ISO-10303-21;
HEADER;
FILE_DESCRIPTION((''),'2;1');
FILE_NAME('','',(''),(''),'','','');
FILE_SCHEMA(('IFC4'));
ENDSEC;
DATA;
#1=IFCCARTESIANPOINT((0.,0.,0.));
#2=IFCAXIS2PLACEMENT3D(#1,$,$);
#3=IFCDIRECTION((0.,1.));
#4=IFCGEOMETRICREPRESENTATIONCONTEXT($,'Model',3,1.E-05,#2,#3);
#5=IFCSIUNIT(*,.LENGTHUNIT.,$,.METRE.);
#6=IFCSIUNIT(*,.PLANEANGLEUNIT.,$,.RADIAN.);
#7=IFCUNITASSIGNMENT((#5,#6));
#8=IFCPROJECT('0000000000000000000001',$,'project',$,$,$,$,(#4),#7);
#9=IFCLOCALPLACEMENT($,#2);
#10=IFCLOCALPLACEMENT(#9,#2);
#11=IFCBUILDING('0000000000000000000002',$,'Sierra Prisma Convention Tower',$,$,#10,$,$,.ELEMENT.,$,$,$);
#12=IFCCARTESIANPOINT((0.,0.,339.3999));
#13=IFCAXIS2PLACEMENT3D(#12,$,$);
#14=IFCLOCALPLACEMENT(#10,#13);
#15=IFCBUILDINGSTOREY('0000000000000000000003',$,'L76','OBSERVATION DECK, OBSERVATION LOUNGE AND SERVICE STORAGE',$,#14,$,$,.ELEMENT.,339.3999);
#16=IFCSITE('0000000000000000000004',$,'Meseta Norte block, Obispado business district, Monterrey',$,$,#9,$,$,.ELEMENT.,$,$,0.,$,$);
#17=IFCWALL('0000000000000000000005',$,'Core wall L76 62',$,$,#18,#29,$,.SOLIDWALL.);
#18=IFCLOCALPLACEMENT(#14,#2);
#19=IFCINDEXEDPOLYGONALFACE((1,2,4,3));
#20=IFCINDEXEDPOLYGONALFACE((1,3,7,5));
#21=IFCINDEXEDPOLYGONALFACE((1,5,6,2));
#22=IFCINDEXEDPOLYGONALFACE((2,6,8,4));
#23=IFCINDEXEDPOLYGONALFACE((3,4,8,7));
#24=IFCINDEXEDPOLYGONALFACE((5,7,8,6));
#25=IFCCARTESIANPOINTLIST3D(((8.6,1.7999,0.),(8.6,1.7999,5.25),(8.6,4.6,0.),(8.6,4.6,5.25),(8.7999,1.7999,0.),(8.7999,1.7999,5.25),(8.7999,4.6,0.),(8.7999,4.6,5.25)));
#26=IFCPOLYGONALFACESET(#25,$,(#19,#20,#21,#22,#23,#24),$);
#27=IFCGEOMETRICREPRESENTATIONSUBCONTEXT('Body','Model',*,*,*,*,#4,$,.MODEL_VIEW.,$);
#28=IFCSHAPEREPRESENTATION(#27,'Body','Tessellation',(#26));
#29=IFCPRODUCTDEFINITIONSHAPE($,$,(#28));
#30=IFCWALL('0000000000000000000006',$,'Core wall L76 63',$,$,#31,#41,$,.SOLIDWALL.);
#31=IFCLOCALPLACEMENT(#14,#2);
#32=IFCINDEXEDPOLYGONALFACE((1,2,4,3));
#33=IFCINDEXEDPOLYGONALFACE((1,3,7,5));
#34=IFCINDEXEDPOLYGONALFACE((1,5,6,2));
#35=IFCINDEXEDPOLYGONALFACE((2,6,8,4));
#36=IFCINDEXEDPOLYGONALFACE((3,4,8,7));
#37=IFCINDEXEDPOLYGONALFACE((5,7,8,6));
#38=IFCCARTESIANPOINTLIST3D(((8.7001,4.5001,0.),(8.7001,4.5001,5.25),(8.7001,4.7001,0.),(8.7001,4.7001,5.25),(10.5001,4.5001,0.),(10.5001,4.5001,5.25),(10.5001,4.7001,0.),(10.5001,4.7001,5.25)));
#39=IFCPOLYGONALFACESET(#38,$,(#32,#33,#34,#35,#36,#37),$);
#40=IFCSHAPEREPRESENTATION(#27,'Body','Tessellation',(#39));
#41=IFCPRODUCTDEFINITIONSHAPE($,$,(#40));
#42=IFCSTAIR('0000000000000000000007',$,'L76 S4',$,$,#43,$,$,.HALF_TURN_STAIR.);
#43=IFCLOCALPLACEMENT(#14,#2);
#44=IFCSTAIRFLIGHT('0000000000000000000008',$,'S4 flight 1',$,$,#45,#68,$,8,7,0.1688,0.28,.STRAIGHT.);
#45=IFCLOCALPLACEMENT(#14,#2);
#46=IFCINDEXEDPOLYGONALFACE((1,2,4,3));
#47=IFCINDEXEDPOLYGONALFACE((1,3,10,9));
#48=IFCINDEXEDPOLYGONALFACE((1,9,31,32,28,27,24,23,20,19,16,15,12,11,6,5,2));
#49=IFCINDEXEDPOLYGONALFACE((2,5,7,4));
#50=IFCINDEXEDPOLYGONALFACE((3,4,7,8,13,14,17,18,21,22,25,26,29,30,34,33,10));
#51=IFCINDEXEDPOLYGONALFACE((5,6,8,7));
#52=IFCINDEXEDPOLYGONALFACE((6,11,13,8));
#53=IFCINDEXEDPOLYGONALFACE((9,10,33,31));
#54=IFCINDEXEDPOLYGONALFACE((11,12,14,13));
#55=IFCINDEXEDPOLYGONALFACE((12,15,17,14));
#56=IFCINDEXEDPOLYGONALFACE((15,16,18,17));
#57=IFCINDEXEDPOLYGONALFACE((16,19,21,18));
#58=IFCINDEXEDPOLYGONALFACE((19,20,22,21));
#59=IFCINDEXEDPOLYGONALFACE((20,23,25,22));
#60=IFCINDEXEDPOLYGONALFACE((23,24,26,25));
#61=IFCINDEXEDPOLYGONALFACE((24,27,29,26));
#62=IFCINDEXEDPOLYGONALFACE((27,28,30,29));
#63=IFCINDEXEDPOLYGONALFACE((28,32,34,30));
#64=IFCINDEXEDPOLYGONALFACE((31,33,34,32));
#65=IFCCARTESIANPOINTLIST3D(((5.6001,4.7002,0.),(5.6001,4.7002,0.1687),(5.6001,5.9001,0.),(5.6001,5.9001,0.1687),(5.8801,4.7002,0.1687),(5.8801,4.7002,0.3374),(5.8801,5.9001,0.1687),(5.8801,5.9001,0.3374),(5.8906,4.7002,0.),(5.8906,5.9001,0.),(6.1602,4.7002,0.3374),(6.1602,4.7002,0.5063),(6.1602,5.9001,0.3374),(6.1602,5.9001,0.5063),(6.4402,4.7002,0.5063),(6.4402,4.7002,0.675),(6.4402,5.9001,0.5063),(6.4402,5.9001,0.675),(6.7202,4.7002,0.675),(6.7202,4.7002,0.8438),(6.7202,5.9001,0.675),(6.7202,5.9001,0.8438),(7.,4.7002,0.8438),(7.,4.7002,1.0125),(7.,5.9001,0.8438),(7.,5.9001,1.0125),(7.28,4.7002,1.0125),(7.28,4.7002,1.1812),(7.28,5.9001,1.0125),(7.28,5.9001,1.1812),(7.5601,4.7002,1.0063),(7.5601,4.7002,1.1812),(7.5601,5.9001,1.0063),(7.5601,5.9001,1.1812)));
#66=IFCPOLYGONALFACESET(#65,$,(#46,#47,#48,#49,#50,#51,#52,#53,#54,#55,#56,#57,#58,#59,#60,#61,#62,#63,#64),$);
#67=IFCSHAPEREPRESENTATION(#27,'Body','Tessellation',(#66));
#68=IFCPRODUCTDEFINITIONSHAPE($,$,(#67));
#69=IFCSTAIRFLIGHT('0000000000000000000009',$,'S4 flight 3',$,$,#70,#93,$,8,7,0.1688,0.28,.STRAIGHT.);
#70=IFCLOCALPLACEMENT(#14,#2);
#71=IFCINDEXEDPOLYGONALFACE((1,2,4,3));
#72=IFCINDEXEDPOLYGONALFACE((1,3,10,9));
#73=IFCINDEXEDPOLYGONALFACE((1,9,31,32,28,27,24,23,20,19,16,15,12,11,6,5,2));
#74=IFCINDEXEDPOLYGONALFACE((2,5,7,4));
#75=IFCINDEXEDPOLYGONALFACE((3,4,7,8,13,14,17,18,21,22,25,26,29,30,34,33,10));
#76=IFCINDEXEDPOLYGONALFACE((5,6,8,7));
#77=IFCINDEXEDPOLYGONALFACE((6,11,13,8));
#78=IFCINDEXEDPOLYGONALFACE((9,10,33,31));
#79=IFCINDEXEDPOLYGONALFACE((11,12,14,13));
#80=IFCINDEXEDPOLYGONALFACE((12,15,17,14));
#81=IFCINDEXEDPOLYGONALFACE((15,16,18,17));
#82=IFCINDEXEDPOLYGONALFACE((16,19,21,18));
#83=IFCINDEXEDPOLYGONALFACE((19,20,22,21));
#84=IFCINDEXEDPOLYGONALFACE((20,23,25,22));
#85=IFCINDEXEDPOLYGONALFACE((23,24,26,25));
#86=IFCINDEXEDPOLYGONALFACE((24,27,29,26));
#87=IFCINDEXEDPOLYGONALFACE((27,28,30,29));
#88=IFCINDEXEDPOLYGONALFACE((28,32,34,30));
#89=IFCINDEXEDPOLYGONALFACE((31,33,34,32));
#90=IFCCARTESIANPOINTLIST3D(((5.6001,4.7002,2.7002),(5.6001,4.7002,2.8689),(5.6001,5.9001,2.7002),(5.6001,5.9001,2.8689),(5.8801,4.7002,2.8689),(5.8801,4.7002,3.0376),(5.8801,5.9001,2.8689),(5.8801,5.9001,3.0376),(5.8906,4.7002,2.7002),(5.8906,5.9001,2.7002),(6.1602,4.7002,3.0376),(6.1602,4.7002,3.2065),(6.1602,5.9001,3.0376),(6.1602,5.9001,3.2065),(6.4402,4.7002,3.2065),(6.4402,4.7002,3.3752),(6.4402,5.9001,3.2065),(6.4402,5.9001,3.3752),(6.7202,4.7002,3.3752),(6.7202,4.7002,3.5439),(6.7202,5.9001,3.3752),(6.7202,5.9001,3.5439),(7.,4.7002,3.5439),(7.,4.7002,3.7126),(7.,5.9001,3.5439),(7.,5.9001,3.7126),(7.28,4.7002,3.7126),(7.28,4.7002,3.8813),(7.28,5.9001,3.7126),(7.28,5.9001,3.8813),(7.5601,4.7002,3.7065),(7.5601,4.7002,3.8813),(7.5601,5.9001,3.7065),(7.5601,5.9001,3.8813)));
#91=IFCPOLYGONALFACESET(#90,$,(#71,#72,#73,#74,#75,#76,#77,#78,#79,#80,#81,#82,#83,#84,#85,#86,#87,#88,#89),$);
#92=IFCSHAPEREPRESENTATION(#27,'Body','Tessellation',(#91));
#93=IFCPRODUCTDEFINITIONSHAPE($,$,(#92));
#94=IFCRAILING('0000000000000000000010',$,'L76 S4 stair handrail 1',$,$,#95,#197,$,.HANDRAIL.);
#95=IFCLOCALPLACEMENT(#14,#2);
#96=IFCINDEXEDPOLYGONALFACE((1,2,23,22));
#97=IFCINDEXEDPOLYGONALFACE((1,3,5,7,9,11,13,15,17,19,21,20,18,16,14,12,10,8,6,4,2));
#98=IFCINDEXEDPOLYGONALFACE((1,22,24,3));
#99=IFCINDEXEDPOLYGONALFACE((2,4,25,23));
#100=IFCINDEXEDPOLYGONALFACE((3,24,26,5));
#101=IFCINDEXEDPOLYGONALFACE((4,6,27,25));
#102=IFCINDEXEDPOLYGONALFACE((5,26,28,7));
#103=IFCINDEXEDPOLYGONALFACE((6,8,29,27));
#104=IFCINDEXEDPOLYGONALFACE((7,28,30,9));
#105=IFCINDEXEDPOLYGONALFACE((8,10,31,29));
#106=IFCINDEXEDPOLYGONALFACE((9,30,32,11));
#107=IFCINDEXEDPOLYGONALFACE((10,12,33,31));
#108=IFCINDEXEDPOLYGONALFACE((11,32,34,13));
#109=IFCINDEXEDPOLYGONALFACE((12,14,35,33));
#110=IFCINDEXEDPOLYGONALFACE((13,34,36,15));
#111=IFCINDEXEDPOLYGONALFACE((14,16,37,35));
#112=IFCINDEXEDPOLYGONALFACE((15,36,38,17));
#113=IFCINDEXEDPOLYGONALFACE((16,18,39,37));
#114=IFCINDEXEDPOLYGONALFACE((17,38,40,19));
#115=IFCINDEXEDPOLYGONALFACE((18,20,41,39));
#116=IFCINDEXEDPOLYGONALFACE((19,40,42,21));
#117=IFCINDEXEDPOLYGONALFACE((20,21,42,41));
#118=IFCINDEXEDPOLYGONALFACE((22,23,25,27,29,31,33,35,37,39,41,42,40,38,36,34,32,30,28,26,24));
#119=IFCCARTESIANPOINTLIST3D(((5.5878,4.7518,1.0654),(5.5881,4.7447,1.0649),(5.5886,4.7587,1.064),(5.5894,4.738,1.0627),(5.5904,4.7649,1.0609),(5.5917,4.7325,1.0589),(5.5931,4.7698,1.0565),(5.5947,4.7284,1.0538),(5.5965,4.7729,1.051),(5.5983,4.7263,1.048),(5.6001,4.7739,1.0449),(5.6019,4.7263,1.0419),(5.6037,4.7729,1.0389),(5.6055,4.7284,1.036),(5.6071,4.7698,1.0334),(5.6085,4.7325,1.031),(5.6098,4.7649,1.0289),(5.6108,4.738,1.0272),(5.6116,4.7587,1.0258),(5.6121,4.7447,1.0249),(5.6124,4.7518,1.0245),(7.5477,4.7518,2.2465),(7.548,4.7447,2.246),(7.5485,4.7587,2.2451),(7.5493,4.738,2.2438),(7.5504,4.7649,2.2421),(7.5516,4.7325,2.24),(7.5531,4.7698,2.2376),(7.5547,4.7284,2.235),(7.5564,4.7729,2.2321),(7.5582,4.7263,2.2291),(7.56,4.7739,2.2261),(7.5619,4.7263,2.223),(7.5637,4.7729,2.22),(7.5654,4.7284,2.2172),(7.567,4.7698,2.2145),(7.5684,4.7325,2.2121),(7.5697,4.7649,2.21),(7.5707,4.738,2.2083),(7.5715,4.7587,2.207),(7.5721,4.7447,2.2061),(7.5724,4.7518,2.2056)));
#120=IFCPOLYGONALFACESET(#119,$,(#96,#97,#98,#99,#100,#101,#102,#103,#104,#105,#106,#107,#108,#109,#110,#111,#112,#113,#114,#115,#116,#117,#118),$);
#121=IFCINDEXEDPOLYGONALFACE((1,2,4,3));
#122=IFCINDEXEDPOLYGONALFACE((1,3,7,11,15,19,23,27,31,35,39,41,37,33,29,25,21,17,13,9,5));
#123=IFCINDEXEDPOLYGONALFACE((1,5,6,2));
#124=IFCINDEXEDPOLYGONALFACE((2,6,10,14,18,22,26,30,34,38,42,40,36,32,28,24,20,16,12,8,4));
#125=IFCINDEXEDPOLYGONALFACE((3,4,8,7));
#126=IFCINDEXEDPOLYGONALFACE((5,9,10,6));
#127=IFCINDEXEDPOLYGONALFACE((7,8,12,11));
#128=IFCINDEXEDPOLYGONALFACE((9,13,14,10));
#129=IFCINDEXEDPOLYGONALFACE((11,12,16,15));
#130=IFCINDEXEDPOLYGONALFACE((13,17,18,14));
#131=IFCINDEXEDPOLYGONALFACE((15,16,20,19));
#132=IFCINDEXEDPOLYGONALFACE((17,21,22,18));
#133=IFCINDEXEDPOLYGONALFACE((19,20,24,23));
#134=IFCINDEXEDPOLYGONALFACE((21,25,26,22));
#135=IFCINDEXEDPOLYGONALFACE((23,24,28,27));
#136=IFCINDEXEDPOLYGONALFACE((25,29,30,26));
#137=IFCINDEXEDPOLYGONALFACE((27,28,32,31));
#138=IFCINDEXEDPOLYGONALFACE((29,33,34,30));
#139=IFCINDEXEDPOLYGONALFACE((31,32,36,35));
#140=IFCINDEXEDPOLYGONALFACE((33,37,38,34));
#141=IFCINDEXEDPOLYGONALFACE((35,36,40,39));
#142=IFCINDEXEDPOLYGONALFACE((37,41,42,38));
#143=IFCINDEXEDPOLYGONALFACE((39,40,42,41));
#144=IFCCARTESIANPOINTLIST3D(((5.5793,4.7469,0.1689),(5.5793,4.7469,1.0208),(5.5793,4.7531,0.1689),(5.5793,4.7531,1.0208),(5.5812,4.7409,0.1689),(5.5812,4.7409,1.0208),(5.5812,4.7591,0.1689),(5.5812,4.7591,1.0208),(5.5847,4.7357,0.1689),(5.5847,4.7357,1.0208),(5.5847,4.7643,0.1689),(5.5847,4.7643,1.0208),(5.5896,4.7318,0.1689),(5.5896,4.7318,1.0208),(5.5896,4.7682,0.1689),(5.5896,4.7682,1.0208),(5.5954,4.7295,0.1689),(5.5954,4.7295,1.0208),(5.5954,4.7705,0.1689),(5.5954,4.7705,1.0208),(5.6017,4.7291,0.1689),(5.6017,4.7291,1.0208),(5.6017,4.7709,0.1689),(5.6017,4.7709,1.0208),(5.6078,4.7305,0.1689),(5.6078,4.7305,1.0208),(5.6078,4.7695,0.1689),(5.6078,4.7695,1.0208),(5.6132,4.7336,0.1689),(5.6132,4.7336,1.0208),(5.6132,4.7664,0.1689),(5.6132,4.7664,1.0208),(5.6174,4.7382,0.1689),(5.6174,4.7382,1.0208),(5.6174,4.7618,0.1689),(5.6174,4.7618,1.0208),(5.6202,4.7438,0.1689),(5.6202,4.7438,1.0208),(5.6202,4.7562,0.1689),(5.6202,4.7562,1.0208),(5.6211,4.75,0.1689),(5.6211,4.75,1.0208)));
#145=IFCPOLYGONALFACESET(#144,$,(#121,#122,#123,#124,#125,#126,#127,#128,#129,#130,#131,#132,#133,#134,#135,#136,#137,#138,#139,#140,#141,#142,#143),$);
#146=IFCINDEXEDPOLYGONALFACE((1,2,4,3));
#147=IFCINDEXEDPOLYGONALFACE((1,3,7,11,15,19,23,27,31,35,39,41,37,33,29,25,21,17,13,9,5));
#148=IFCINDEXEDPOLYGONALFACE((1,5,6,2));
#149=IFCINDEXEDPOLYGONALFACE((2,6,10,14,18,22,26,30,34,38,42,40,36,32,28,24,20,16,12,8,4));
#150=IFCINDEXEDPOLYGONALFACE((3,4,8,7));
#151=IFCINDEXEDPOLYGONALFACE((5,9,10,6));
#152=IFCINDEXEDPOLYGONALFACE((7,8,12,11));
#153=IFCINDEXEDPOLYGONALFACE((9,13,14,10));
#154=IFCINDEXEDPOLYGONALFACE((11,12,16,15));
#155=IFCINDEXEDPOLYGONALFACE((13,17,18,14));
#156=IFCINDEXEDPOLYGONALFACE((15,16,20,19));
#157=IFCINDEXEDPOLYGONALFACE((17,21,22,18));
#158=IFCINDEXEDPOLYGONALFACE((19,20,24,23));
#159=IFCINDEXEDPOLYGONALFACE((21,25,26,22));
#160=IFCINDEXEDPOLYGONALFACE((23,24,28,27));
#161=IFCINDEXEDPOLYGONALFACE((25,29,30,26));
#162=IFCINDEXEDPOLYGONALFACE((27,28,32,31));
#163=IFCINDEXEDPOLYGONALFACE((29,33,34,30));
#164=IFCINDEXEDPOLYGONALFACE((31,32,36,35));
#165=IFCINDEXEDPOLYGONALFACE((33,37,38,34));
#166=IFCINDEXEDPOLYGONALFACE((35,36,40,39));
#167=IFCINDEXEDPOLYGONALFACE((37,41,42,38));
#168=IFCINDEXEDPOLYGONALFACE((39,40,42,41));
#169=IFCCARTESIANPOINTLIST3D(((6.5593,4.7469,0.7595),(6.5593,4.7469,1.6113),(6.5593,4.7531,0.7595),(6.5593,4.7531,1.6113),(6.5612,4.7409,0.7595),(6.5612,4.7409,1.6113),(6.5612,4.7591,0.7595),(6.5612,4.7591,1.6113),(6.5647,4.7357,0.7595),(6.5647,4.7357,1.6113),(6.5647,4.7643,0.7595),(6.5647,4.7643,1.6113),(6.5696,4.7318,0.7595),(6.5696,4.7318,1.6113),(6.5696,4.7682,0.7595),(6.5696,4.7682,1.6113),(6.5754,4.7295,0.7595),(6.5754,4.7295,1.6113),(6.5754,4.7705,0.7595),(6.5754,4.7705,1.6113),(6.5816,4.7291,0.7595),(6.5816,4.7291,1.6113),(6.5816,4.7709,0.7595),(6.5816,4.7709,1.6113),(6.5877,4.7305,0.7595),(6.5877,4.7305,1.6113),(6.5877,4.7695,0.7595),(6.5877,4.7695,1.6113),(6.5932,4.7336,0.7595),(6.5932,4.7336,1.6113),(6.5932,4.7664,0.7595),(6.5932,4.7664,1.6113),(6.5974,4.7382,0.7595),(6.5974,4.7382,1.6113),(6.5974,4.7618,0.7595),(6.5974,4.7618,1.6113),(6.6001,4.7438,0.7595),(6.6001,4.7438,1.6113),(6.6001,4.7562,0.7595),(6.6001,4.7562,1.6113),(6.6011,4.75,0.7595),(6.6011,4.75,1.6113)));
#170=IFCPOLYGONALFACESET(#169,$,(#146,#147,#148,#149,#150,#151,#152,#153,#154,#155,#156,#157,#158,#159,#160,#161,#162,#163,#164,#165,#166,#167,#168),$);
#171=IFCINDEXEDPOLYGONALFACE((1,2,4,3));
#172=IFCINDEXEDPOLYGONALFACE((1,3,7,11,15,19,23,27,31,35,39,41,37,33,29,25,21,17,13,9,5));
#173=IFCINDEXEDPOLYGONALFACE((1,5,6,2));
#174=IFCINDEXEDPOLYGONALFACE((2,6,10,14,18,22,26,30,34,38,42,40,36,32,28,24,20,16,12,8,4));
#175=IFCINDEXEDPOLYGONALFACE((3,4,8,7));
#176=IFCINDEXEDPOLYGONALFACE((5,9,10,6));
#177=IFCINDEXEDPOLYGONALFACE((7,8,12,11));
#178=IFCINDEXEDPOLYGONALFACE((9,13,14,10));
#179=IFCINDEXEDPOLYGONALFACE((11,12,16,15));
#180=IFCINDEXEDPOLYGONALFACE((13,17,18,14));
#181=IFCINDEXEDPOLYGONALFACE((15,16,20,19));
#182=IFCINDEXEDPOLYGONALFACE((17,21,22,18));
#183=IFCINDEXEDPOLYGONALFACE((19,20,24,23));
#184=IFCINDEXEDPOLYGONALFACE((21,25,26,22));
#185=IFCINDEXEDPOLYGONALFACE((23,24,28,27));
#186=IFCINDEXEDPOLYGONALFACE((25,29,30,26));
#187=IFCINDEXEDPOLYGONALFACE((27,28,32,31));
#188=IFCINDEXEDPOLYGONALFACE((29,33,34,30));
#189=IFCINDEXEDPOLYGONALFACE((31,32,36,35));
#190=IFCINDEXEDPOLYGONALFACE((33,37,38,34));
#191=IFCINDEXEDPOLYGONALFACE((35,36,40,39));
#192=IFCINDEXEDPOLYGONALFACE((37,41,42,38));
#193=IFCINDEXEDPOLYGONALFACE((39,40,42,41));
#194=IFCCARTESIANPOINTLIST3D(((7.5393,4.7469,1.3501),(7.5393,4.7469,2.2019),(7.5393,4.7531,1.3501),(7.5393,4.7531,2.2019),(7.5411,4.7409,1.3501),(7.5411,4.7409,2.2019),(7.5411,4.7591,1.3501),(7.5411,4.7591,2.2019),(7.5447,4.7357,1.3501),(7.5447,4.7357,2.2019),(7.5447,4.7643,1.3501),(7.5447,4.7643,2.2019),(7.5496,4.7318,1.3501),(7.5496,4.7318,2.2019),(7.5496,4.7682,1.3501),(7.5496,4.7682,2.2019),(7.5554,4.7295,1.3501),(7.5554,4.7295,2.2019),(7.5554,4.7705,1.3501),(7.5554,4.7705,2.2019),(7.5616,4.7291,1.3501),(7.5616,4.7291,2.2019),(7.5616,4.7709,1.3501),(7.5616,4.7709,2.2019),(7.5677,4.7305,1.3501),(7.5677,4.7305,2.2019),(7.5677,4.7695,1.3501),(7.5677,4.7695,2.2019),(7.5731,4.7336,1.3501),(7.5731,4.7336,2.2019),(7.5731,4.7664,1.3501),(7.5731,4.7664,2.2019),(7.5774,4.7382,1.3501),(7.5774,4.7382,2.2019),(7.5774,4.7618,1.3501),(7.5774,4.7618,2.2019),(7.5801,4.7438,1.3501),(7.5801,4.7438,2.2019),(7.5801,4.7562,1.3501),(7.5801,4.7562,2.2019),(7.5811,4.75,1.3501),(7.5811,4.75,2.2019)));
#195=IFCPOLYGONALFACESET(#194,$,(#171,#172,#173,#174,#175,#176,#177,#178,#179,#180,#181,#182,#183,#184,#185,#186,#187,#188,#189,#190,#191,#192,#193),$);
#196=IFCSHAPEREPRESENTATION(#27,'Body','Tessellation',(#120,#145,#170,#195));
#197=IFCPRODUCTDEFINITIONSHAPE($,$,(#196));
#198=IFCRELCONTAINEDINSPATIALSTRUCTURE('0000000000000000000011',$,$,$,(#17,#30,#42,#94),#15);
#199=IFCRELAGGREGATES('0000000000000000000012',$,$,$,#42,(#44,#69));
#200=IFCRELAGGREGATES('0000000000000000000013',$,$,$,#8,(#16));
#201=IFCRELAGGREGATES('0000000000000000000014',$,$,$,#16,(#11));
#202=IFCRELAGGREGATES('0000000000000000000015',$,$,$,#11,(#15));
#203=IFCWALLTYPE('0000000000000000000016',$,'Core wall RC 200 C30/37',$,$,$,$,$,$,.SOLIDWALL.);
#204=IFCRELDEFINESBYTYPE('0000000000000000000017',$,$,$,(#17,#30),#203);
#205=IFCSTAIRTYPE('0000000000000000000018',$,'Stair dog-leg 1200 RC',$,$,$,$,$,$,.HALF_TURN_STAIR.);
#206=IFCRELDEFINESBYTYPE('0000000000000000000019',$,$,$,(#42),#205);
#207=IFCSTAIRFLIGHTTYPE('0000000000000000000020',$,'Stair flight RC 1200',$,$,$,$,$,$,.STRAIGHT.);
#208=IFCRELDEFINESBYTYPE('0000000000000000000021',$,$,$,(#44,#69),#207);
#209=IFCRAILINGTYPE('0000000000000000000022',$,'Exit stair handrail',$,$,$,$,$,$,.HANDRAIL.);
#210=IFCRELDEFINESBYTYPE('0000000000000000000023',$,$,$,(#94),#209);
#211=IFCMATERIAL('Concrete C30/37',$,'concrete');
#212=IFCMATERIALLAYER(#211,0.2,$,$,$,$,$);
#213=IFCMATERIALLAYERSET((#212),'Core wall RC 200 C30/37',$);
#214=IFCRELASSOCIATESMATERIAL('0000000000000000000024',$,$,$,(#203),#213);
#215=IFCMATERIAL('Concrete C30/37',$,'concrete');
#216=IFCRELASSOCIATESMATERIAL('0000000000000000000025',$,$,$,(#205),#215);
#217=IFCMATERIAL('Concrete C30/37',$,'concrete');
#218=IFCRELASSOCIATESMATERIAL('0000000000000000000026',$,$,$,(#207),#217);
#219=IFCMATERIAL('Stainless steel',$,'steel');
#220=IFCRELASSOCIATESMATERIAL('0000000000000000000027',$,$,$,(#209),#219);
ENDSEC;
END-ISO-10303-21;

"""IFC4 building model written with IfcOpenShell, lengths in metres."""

from ifc_helpers import new_model, si_unit, direction, frame, frame_2d, origin, origin_2d, place, context, subcontext, project, spatial, polyline, rectangle, circle, outline, extrude, material, layer, layer_set, type_object, element, aggregate, save


model = new_model("IFC4")

# Units and contexts
model_context = context("Model", 3, precision=1e-05, world=origin(), true_north=direction((0.0, 1.0)))
body_context = subcontext(model_context, "Body", "Model", "MODEL_VIEW")
ifc_project = project(units=[si_unit("LENGTHUNIT", "METRE"), si_unit("PLANEANGLEUNIT", "RADIAN")], contexts=[model_context])

# Site, building, storey
site_placement = place(None, origin())
site = spatial("IfcSite", under=ifc_project, at=site_placement, Name="Meseta Norte block, Obispado business district, Monterrey", CompositionType="ELEMENT", RefElevation=0.0)
building_placement = place(site_placement, origin())
building = spatial("IfcBuilding", under=site, at=building_placement, Name="Sierra Prisma Convention Tower", CompositionType="ELEMENT")
storey_placement = place(building_placement, frame((0.0, 0.0, 339.3999)))
storey = spatial("IfcBuildingStorey", under=building, at=storey_placement, Name="L76", Description="OBSERVATION DECK, OBSERVATION LOUNGE AND SERVICE STORAGE", CompositionType="ELEMENT", Elevation=339.3999)

# Shared definitions
ifc_material_1 = material(Name="Concrete C30/37", Category="concrete")
ifc_layer_1 = layer(ifc_material_1, 0.2)
ifc_layer_set_1 = layer_set([ifc_layer_1], Name="Core wall RC 200 C30/37")
wall_type_1 = type_object("IfcWallType", Name="Core wall RC 200 C30/37", PredefinedType="SOLIDWALL", material=ifc_layer_set_1)

# Walls
wall_1_placement = place(storey_placement, frame((8.7, 1.8, 0.0), z_axis=(0.0, 0.0, 1.0), x_axis=(0.0, 1.0, 0.0)))
element("IfcWall", 1, at=wall_1_placement, inside=storey, type_object=wall_type_1, Name="Core wall L76 62", PredefinedType="SOLIDWALL", context=body_context, shape_type="SweptSolid", body=[
    extrude(rectangle(XDim=2.8, YDim=0.2, at=frame_2d((1.3999, 0.0))), origin(), (0.0, 0.0, 1.0), 5.25),
])
wall_2_placement = place(storey_placement, frame((10.5, 4.6001, 0.0), z_axis=(0.0, 0.0, 1.0), x_axis=(-1.0, 0.0, 0.0)))
element("IfcWall", 2, at=wall_2_placement, inside=storey, type_object=wall_type_1, Name="Core wall L76 63", PredefinedType="SOLIDWALL", context=body_context, shape_type="SweptSolid", body=[
    extrude(rectangle(XDim=1.8, YDim=0.2, at=frame_2d((0.8999, 0.0))), origin(), (0.0, 0.0, 1.0), 5.25),
])

# Stair, stair flights
ifc_material_2 = material(Name="Concrete C30/37", Category="concrete")
stair_type = type_object("IfcStairType", Name="Stair dog-leg 1200 RC", PredefinedType="HALF_TURN_STAIR", material=ifc_material_2)
stair_placement = place(storey_placement, origin())
stair = element("IfcStair", 3, at=stair_placement, inside=storey, type_object=stair_type, Name="L76 S4", PredefinedType="HALF_TURN_STAIR")
ifc_material_3 = material(Name="Concrete C30/37", Category="concrete")
stair_flight_type = type_object("IfcStairFlightType", Name="Stair flight RC 1200", PredefinedType="STRAIGHT", material=ifc_material_3)
stair_flight_1_placement = place(storey_placement, frame((5.6001, 5.3, 0.0), z_axis=(0.0, 0.0, 1.0), x_axis=(1.0, 0.0, 0.0)))
stair_flight_1 = element("IfcStairFlight", 4, at=stair_flight_1_placement, type_object=stair_flight_type, Name="S4 flight 1", NumberOfRisers=8, NumberOfTreads=7, PredefinedType="STRAIGHT", RiserHeight=0.1688, TreadLength=0.28, context=body_context, shape_type="SweptSolid", body=[
    extrude(outline(polyline([(0.0, 0.0), (0.0, 0.1687), (0.28, 0.1687), (0.28, 0.3374), (0.5601, 0.3374), (0.5601, 0.5063), (0.8401, 0.5063), (0.8401, 0.675), (1.1201, 0.675), (1.1201, 0.8438), (1.3999, 0.8438), (1.3999, 1.0125), (1.6799, 1.0125), (1.6799, 1.1812), (1.96, 1.1812), (1.96, 1.3501), (1.96, 1.0063), (0.2905, 0.0), (0.0, 0.0)])), frame((0.0, 0.6001, 0.0), z_axis=(0.0, -1.0, 0.0), x_axis=(1.0, 0.0, 0.0)), (0.0, 0.0, 1.0), 1.2),
])
stair_flight_2_placement = place(storey_placement, frame((5.6001, 5.3, 2.7002), z_axis=(0.0, 0.0, 1.0), x_axis=(1.0, 0.0, 0.0)))
stair_flight_2 = element("IfcStairFlight", 5, at=stair_flight_2_placement, type_object=stair_flight_type, Name="S4 flight 3", NumberOfRisers=8, NumberOfTreads=7, PredefinedType="STRAIGHT", RiserHeight=0.1688, TreadLength=0.28, context=body_context, shape_type="SweptSolid", body=[
    extrude(outline(polyline([(0.0, 0.0), (0.0, 0.1687), (0.28, 0.1687), (0.28, 0.3374), (0.5601, 0.3374), (0.5601, 0.5063), (0.8401, 0.5063), (0.8401, 0.675), (1.1201, 0.675), (1.1201, 0.8438), (1.3999, 0.8438), (1.3999, 1.0125), (1.6799, 1.0125), (1.6799, 1.1812), (1.96, 1.1812), (1.96, 1.3501), (1.96, 1.0063), (0.2905, 0.0), (0.0, 0.0)])), frame((0.0, 0.6001, 0.0), z_axis=(0.0, -1.0, 0.0), x_axis=(1.0, 0.0, 0.0)), (0.0, 0.0, 1.0), 1.2),
])
aggregate(stair, [stair_flight_1, stair_flight_2])

# Railing
ifc_material_4 = material(Name="Stainless steel", Category="steel")
railing_type_1 = type_object("IfcRailingType", Name="Exit stair handrail", PredefinedType="HANDRAIL", material=ifc_material_4)
for number, where, name in (
    (6, (5.6001, 4.75, 0.1689), "L76 S4 stair handrail 1"),
):
    element("IfcRailing", number, at=place(storey_placement, frame(where)), inside=storey, type_object=railing_type_1, Name=name, PredefinedType="HANDRAIL", context=body_context, shape_type="SweptSolid", body=[
        extrude(circle(Radius=0.0239, at=origin_2d()), frame((0.0, 0.0, 0.876), z_axis=(0.856493, 0.0, 0.516158), x_axis=(0.0, 1.0, 0.0)), (0.0, 0.0, 1.0), 2.2883),
        extrude(circle(Radius=0.021, at=origin_2d()), origin(), (0.0, 0.0, 1.0), 0.8518),
        extrude(circle(Radius=0.021, at=origin_2d()), frame((0.98, 0.0, 0.5906)), (0.0, 0.0, 1.0), 0.8518),
        extrude(circle(Radius=0.021, at=origin_2d()), frame((1.96, 0.0, 1.1812)), (0.0, 0.0, 1.0), 0.8518),
    ])

save(model, "model.ifc")
